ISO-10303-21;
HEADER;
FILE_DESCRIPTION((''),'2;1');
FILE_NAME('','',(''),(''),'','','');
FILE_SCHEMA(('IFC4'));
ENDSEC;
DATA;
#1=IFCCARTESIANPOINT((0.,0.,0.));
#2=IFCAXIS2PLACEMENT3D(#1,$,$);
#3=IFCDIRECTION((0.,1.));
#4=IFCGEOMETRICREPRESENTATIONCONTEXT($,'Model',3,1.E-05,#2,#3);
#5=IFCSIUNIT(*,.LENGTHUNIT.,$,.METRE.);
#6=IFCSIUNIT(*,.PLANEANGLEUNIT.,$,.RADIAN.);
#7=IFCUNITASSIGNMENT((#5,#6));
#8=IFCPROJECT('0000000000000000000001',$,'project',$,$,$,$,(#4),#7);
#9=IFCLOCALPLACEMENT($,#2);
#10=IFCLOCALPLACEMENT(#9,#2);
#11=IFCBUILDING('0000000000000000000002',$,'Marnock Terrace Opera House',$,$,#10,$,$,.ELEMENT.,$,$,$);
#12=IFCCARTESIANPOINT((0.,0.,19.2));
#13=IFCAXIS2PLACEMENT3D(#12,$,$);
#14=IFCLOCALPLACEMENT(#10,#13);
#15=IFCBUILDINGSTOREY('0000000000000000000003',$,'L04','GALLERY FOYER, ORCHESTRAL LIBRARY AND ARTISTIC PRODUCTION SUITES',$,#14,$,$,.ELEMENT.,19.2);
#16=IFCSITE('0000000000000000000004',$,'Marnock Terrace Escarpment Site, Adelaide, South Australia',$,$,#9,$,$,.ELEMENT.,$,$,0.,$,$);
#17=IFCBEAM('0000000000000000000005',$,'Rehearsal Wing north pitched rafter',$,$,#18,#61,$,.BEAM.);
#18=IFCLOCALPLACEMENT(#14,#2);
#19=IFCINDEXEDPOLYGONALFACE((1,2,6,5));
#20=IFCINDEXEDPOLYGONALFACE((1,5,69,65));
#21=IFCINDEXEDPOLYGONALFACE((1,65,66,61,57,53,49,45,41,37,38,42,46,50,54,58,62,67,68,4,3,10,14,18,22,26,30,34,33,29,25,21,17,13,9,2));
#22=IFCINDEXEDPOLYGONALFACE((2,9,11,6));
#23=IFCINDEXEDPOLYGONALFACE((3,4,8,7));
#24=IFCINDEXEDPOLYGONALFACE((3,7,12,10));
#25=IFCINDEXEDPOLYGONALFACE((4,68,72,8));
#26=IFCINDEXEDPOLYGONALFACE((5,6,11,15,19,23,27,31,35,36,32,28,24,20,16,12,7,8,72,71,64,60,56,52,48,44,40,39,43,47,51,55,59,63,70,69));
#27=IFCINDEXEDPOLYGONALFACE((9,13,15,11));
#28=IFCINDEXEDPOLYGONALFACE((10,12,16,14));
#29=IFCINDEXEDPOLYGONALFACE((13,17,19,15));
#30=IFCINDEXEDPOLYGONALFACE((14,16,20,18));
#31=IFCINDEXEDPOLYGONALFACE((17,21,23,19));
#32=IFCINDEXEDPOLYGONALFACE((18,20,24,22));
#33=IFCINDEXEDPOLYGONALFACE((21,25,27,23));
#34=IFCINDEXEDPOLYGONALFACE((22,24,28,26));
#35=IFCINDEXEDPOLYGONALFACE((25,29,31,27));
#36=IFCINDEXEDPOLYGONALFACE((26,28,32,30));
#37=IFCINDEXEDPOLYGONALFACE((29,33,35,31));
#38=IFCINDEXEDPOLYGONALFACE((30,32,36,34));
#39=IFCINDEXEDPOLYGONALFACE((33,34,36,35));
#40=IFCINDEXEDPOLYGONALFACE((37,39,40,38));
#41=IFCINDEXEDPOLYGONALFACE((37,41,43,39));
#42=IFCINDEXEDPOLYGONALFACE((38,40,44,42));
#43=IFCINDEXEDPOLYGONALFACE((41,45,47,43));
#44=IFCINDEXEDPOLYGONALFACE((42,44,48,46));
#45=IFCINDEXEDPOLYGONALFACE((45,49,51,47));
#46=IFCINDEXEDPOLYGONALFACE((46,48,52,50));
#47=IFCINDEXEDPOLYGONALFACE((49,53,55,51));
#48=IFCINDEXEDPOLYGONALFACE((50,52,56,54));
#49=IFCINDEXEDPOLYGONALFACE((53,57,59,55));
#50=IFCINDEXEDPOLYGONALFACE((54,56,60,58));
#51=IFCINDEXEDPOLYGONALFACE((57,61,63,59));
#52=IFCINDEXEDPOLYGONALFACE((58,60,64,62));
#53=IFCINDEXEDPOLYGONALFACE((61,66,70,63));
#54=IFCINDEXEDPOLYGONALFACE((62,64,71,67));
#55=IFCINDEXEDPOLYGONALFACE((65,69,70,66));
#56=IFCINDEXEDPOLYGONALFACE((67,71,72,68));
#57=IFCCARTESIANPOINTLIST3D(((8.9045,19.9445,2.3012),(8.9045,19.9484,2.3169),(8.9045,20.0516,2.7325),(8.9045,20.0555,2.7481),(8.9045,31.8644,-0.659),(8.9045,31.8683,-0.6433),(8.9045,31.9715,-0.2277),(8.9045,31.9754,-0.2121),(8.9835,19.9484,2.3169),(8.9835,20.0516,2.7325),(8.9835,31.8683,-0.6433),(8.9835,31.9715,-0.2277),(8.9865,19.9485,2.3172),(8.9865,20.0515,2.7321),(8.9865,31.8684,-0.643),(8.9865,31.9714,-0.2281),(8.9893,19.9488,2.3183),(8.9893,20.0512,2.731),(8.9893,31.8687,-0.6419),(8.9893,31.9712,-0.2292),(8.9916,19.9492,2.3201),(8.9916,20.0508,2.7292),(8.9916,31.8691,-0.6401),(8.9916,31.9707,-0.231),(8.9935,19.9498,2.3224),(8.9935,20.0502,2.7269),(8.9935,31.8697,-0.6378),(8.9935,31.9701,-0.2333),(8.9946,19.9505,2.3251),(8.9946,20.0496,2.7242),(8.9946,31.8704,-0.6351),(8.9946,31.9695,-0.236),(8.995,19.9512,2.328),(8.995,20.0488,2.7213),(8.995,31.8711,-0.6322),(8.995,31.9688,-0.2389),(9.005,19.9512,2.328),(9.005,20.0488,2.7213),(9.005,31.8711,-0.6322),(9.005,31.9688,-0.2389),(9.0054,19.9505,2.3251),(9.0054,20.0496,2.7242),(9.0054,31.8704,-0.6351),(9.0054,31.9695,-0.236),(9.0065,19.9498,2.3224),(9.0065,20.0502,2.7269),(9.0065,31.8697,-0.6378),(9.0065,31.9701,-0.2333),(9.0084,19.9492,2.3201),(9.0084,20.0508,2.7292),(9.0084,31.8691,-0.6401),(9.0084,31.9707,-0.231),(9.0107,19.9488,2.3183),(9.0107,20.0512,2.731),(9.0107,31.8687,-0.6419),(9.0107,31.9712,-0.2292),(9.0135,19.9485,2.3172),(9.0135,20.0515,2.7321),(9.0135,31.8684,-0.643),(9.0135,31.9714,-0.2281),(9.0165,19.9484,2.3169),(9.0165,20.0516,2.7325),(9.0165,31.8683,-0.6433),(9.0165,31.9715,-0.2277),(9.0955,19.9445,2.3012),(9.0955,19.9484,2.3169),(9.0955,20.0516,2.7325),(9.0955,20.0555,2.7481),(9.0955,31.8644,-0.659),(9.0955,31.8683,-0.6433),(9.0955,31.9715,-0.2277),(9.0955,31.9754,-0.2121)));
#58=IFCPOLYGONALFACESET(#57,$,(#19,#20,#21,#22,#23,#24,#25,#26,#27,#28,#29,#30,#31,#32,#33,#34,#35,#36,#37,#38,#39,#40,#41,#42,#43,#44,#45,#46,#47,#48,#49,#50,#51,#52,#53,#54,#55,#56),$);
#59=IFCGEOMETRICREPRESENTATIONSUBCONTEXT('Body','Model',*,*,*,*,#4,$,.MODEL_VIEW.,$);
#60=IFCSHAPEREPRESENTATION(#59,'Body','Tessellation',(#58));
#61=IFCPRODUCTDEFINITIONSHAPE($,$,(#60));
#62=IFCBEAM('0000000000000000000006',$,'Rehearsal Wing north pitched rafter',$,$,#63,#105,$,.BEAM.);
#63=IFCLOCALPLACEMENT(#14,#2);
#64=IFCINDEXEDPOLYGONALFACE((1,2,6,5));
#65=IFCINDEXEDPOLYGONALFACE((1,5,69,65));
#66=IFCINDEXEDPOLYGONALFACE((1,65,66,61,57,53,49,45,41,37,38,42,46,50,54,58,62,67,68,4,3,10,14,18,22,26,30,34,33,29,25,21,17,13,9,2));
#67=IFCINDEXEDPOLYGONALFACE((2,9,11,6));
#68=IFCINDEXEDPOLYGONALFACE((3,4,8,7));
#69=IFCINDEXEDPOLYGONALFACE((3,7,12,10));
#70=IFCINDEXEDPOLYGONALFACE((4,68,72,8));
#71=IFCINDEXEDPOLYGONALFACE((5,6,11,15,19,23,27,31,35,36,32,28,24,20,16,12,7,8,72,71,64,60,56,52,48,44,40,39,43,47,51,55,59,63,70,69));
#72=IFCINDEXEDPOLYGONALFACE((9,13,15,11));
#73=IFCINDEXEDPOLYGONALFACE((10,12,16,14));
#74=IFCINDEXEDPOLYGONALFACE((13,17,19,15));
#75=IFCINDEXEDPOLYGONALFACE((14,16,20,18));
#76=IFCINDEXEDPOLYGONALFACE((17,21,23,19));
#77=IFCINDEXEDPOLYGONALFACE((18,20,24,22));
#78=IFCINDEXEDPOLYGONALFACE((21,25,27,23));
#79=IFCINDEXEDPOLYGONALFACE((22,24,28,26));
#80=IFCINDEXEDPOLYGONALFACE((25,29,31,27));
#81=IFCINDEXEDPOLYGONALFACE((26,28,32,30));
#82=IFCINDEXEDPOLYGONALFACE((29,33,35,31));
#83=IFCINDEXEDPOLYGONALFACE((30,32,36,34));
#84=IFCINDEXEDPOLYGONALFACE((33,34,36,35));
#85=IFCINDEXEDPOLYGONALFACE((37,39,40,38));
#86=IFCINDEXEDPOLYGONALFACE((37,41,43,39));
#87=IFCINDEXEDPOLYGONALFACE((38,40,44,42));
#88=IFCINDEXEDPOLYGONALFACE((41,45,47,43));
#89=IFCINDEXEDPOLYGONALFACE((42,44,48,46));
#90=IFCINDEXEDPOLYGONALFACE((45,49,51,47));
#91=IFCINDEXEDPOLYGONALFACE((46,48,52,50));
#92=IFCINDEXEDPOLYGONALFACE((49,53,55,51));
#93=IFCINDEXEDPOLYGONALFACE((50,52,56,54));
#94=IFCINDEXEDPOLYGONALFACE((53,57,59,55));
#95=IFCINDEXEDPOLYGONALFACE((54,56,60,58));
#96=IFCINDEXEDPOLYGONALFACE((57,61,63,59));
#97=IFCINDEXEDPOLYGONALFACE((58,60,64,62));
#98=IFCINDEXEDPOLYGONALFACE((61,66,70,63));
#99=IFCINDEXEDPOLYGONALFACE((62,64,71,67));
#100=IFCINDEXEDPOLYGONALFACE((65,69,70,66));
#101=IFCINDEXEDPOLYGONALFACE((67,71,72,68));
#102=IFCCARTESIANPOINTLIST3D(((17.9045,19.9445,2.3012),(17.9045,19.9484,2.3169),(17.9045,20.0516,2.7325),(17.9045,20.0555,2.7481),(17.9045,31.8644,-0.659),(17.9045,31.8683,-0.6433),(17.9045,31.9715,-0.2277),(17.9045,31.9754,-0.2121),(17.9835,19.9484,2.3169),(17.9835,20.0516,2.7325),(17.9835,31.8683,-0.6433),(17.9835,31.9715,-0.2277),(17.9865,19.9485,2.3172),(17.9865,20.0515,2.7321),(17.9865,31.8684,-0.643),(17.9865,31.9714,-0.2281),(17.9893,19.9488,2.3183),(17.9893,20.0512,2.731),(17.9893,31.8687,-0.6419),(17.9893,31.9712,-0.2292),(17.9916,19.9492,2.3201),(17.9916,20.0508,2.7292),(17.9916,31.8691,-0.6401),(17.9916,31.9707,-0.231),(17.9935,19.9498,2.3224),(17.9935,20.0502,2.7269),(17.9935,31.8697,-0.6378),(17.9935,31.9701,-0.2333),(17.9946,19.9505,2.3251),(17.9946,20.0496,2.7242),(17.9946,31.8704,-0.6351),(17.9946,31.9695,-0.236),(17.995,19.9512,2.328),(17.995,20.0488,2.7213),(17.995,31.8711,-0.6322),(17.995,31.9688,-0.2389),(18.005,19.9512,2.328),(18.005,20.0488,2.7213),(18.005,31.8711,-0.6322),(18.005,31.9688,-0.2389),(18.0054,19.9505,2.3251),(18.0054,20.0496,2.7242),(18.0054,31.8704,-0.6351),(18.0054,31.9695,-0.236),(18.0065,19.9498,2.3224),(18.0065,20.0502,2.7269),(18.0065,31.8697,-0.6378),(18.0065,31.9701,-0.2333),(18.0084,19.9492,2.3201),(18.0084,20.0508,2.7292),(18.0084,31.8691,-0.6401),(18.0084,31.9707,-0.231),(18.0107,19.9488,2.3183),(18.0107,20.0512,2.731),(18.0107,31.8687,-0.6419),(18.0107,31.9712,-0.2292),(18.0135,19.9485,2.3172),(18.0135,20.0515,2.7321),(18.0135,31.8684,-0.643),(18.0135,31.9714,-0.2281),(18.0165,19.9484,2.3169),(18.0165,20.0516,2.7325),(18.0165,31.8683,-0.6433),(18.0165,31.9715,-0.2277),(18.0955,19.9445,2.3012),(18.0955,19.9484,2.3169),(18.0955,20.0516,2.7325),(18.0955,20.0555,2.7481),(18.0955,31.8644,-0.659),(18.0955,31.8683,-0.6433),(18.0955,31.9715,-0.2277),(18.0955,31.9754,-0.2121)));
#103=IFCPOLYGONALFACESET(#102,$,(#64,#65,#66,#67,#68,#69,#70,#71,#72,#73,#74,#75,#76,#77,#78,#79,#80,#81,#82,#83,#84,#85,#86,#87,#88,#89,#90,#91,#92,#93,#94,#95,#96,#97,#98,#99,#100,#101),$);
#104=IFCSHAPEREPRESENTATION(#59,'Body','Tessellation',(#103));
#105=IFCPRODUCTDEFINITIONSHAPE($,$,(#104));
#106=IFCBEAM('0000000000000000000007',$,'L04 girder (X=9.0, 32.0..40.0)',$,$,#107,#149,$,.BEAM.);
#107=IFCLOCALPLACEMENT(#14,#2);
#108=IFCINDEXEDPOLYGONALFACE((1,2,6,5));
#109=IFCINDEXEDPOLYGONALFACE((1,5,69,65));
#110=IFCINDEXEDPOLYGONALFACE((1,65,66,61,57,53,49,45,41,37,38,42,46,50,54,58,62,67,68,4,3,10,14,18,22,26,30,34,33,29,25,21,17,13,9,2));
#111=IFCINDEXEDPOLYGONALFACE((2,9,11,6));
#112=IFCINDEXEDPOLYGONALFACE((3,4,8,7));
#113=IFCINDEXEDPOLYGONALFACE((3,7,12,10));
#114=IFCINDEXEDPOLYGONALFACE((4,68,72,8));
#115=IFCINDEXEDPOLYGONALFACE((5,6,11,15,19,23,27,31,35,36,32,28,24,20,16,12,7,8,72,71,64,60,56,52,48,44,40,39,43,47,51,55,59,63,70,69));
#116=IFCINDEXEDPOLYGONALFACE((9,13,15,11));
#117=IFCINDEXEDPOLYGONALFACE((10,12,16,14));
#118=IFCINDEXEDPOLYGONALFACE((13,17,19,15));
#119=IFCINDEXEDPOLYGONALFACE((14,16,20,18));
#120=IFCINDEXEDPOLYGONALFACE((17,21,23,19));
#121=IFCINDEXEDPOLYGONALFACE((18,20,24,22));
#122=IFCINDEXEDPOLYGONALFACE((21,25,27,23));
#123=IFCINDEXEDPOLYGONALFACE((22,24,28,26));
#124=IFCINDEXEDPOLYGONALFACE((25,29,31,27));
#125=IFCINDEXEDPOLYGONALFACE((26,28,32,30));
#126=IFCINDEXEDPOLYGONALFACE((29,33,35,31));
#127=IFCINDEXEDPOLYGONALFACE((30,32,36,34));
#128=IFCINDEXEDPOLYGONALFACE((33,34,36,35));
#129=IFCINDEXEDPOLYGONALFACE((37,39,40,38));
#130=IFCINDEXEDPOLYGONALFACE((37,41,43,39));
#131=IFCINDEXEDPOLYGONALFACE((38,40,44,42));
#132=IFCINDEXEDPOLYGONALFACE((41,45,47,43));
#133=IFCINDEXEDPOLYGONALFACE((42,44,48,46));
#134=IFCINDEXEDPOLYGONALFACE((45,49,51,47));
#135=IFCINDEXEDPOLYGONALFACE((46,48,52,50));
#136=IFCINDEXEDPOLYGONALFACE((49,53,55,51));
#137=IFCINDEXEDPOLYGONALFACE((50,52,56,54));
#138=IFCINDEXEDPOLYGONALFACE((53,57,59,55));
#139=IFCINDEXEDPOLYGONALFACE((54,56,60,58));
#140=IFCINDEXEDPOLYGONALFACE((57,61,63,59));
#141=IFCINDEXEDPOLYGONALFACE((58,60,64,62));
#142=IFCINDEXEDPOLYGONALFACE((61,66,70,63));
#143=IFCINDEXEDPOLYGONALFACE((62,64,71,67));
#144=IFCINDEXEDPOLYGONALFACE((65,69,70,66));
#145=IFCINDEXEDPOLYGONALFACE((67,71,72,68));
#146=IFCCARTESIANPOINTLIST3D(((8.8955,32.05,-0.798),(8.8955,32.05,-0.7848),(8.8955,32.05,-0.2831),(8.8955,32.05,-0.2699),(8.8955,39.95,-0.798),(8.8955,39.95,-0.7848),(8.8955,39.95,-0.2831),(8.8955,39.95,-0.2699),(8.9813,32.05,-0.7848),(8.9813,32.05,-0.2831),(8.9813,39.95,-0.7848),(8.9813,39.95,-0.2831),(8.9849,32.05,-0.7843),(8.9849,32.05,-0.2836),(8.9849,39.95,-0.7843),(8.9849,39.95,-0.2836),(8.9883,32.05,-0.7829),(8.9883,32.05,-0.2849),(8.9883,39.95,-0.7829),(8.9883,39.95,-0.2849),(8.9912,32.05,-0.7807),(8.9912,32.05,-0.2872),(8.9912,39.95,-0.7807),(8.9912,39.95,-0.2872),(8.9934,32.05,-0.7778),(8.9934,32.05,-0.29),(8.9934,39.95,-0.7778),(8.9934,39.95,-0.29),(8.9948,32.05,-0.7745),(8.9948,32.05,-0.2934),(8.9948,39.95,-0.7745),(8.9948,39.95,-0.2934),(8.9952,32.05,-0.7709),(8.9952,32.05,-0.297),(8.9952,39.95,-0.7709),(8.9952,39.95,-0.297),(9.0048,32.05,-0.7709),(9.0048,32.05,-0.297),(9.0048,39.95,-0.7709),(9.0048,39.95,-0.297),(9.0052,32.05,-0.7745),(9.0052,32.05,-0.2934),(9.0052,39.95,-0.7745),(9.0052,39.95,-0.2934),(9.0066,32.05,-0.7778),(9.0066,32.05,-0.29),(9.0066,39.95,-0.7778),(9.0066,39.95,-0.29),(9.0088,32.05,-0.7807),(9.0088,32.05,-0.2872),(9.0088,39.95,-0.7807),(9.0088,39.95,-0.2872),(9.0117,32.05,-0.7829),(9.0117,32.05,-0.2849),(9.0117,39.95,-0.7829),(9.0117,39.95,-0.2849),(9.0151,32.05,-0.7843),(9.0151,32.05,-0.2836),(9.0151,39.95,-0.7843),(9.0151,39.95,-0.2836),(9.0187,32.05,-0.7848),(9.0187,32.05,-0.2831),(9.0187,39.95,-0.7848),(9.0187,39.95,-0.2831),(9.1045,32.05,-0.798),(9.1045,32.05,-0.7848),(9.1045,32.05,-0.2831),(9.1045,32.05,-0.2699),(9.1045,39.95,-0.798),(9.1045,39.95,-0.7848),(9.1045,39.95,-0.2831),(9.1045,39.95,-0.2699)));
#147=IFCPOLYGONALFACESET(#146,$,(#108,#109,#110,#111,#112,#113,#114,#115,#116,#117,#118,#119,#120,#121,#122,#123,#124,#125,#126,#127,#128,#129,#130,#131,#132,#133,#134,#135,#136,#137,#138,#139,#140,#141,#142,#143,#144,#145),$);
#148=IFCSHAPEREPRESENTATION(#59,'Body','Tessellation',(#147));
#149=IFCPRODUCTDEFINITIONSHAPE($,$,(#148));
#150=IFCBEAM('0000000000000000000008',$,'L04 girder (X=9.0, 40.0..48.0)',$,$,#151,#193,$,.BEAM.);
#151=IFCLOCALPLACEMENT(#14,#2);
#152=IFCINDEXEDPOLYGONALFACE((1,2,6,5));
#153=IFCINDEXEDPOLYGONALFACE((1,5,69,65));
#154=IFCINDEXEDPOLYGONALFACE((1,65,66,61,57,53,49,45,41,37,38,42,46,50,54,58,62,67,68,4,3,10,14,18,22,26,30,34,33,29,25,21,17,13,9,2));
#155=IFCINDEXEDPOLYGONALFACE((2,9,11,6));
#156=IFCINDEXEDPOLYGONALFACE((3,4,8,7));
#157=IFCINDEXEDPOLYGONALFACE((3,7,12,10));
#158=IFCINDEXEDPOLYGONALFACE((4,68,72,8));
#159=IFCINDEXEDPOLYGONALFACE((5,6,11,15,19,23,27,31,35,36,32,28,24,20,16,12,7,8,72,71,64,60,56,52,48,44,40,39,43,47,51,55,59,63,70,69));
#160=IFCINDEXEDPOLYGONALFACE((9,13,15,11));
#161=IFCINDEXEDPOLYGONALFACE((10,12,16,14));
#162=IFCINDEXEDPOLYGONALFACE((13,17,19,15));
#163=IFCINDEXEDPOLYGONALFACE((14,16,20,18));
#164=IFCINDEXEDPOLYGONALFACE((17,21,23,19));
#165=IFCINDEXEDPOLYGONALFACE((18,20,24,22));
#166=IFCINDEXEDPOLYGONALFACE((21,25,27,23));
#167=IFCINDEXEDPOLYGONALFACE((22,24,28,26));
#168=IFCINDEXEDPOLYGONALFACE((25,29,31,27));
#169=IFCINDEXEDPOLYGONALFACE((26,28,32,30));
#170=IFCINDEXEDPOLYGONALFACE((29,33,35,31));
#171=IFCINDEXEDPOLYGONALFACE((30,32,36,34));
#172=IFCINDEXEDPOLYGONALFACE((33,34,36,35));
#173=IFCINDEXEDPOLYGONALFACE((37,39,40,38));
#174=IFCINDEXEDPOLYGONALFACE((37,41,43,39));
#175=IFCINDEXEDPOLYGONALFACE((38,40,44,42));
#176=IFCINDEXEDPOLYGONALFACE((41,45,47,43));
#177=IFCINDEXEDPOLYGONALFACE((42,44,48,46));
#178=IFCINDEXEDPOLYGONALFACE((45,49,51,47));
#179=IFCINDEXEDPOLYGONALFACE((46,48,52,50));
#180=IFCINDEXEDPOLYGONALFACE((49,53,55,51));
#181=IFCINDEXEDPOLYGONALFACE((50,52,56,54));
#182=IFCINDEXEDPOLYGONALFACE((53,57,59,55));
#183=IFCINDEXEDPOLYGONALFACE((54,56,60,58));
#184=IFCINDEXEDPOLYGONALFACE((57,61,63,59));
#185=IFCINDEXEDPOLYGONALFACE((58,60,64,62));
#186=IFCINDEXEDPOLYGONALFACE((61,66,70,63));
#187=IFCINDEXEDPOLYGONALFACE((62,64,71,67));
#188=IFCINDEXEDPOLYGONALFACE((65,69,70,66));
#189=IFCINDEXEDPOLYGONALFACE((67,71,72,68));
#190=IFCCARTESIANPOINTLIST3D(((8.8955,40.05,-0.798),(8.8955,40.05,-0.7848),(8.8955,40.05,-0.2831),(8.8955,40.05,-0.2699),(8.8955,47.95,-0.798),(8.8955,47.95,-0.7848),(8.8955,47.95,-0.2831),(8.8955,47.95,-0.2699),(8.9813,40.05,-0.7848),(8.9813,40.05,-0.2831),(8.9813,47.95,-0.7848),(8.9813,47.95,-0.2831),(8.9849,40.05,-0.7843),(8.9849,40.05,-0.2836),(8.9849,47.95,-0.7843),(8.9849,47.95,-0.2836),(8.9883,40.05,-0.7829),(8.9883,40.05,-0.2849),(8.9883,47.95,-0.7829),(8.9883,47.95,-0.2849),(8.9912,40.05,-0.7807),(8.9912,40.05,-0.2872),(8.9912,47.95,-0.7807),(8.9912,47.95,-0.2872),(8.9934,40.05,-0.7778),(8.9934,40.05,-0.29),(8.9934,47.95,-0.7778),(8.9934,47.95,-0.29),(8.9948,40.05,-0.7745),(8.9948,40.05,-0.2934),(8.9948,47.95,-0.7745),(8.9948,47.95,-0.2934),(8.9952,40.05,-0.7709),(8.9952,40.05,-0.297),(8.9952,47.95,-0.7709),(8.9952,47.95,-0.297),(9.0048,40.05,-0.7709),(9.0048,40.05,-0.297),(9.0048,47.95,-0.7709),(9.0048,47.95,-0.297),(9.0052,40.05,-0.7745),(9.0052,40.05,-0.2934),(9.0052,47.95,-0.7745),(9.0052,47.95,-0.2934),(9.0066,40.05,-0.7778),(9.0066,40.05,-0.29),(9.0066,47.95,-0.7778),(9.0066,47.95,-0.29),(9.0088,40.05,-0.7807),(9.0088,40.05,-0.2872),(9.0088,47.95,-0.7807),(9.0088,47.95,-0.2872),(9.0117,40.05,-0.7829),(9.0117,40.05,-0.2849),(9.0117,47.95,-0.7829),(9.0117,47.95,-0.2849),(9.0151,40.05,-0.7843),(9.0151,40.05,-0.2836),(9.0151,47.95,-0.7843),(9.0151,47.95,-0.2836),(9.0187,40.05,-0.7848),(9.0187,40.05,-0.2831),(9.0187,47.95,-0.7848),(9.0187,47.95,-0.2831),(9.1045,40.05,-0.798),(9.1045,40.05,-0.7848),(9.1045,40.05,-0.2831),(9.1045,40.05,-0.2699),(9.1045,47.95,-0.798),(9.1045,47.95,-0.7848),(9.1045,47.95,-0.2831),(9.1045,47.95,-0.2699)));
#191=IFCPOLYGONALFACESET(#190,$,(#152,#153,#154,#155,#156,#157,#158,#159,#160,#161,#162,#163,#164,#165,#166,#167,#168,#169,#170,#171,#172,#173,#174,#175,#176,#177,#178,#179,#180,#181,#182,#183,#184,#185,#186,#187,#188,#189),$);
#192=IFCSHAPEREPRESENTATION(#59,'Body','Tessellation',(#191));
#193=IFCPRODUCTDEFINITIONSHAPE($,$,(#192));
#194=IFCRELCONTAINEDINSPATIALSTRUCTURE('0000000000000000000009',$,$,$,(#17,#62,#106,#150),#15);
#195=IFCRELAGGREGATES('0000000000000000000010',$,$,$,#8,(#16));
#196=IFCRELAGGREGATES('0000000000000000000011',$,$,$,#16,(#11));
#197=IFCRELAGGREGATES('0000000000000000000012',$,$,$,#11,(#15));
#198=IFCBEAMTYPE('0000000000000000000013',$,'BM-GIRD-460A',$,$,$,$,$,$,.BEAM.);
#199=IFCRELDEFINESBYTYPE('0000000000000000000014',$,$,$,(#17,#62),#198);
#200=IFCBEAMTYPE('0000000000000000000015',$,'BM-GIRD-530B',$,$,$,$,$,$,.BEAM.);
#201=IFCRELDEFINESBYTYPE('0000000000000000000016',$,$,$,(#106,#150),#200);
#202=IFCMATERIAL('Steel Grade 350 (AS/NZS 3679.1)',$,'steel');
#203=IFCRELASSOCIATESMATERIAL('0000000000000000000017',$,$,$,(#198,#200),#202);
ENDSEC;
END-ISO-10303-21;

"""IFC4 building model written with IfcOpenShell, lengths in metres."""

from ifc_helpers import new_model, si_unit, direction, frame, origin, origin_2d, place, context, subcontext, project, spatial, i_section, extrude, material, material_profile, profile_set, type_object, element, save


model = new_model("IFC4")

# Units and contexts
model_context = context("Model", 3, precision=1e-05, world=origin(), true_north=direction((0.0, 1.0)))
body_context = subcontext(model_context, "Body", "Model", "MODEL_VIEW")
ifc_project = project(units=[si_unit("LENGTHUNIT", "METRE"), si_unit("PLANEANGLEUNIT", "RADIAN")], contexts=[model_context])

# Site, building, storey
site_placement = place(None, origin())
site = spatial("IfcSite", under=ifc_project, at=site_placement, Name="Marnock Terrace Escarpment Site, Adelaide, South Australia", CompositionType="ELEMENT", RefElevation=0.0)
building_placement = place(site_placement, origin())
building = spatial("IfcBuilding", under=site, at=building_placement, Name="Marnock Terrace Opera House", CompositionType="ELEMENT")
storey_placement = place(building_placement, frame((0.0, 0.0, 19.2)))
storey = spatial("IfcBuildingStorey", under=building, at=storey_placement, Name="L04", Description="GALLERY FOYER, ORCHESTRAL LIBRARY AND ARTISTIC PRODUCTION SUITES", CompositionType="ELEMENT", Elevation=19.2)

# Beams
ifc_material_1 = material(Name="Steel Grade 350 (AS/NZS 3679.1)", Category="steel")
ifc_material_profile_1 = material_profile(ifc_material_1, i_section(OverallWidth=0.1909, OverallDepth=0.4604, WebThickness=0.01, FlangeThickness=0.0161, FilletRadius=0.0115, at=origin_2d()))
ifc_profile_set_1 = profile_set([ifc_material_profile_1], Name="Steel Grade 350 (AS/NZS 3679.1)")
beam_type_1 = type_object("IfcBeamType", Name="BM-GIRD-460A", PredefinedType="BEAM", material=ifc_profile_set_1)
for number, where, z_axis, x_axis, name in (
    (1, (9.0, 31.9199, -0.4355), (0.0, -0.97052, 0.24102), (1.0, 0.0, 0.0), "Rehearsal Wing north pitched rafter"),
    (2, (18.0, 31.9199, -0.4355), (0.0, -0.97052, 0.24102), (1.0, 0.0, 0.0), "Rehearsal Wing north pitched rafter"),
):
    element("IfcBeam", number, at=place(storey_placement, frame(where, z_axis=z_axis, x_axis=x_axis)), inside=storey, type_object=beam_type_1, Name=name, PredefinedType="BEAM", context=body_context, shape_type="SweptSolid", body=[
        extrude(i_section(OverallWidth=0.1909, OverallDepth=0.4604, WebThickness=0.01, FlangeThickness=0.0161, FilletRadius=0.0115, at=origin_2d()), origin(), (0.0, 0.0, 1.0), 12.282),
    ])
ifc_material_profile_2 = material_profile(ifc_material_1, i_section(OverallWidth=0.209, OverallDepth=0.5281, WebThickness=0.0095, FlangeThickness=0.0132, FilletRadius=0.0139, at=origin_2d()))
ifc_profile_set_2 = profile_set([ifc_material_profile_2], Name="Steel Grade 350 (AS/NZS 3679.1)")
beam_type_2 = type_object("IfcBeamType", Name="BM-GIRD-530B", PredefinedType="BEAM", material=ifc_profile_set_2)
for number, where, z_axis, x_axis, name in (
    (3, (9.0, 32.05, -0.5339), (0.0, 1.0, 0.0), (-1.0, 0.0, 0.0), "L04 girder (X=9.0, 32.0..40.0)"),
    (4, (9.0, 40.05, -0.5339), (0.0, 1.0, 0.0), (-1.0, 0.0, 0.0), "L04 girder (X=9.0, 40.0..48.0)"),
):
    element("IfcBeam", number, at=place(storey_placement, frame(where, z_axis=z_axis, x_axis=x_axis)), inside=storey, type_object=beam_type_2, Name=name, PredefinedType="BEAM", context=body_context, shape_type="SweptSolid", body=[
        extrude(i_section(OverallWidth=0.209, OverallDepth=0.5281, WebThickness=0.0095, FlangeThickness=0.0132, FilletRadius=0.0139, at=origin_2d()), origin(), (0.0, 0.0, 1.0), 7.8999),
    ])

save(model, "model.ifc")
